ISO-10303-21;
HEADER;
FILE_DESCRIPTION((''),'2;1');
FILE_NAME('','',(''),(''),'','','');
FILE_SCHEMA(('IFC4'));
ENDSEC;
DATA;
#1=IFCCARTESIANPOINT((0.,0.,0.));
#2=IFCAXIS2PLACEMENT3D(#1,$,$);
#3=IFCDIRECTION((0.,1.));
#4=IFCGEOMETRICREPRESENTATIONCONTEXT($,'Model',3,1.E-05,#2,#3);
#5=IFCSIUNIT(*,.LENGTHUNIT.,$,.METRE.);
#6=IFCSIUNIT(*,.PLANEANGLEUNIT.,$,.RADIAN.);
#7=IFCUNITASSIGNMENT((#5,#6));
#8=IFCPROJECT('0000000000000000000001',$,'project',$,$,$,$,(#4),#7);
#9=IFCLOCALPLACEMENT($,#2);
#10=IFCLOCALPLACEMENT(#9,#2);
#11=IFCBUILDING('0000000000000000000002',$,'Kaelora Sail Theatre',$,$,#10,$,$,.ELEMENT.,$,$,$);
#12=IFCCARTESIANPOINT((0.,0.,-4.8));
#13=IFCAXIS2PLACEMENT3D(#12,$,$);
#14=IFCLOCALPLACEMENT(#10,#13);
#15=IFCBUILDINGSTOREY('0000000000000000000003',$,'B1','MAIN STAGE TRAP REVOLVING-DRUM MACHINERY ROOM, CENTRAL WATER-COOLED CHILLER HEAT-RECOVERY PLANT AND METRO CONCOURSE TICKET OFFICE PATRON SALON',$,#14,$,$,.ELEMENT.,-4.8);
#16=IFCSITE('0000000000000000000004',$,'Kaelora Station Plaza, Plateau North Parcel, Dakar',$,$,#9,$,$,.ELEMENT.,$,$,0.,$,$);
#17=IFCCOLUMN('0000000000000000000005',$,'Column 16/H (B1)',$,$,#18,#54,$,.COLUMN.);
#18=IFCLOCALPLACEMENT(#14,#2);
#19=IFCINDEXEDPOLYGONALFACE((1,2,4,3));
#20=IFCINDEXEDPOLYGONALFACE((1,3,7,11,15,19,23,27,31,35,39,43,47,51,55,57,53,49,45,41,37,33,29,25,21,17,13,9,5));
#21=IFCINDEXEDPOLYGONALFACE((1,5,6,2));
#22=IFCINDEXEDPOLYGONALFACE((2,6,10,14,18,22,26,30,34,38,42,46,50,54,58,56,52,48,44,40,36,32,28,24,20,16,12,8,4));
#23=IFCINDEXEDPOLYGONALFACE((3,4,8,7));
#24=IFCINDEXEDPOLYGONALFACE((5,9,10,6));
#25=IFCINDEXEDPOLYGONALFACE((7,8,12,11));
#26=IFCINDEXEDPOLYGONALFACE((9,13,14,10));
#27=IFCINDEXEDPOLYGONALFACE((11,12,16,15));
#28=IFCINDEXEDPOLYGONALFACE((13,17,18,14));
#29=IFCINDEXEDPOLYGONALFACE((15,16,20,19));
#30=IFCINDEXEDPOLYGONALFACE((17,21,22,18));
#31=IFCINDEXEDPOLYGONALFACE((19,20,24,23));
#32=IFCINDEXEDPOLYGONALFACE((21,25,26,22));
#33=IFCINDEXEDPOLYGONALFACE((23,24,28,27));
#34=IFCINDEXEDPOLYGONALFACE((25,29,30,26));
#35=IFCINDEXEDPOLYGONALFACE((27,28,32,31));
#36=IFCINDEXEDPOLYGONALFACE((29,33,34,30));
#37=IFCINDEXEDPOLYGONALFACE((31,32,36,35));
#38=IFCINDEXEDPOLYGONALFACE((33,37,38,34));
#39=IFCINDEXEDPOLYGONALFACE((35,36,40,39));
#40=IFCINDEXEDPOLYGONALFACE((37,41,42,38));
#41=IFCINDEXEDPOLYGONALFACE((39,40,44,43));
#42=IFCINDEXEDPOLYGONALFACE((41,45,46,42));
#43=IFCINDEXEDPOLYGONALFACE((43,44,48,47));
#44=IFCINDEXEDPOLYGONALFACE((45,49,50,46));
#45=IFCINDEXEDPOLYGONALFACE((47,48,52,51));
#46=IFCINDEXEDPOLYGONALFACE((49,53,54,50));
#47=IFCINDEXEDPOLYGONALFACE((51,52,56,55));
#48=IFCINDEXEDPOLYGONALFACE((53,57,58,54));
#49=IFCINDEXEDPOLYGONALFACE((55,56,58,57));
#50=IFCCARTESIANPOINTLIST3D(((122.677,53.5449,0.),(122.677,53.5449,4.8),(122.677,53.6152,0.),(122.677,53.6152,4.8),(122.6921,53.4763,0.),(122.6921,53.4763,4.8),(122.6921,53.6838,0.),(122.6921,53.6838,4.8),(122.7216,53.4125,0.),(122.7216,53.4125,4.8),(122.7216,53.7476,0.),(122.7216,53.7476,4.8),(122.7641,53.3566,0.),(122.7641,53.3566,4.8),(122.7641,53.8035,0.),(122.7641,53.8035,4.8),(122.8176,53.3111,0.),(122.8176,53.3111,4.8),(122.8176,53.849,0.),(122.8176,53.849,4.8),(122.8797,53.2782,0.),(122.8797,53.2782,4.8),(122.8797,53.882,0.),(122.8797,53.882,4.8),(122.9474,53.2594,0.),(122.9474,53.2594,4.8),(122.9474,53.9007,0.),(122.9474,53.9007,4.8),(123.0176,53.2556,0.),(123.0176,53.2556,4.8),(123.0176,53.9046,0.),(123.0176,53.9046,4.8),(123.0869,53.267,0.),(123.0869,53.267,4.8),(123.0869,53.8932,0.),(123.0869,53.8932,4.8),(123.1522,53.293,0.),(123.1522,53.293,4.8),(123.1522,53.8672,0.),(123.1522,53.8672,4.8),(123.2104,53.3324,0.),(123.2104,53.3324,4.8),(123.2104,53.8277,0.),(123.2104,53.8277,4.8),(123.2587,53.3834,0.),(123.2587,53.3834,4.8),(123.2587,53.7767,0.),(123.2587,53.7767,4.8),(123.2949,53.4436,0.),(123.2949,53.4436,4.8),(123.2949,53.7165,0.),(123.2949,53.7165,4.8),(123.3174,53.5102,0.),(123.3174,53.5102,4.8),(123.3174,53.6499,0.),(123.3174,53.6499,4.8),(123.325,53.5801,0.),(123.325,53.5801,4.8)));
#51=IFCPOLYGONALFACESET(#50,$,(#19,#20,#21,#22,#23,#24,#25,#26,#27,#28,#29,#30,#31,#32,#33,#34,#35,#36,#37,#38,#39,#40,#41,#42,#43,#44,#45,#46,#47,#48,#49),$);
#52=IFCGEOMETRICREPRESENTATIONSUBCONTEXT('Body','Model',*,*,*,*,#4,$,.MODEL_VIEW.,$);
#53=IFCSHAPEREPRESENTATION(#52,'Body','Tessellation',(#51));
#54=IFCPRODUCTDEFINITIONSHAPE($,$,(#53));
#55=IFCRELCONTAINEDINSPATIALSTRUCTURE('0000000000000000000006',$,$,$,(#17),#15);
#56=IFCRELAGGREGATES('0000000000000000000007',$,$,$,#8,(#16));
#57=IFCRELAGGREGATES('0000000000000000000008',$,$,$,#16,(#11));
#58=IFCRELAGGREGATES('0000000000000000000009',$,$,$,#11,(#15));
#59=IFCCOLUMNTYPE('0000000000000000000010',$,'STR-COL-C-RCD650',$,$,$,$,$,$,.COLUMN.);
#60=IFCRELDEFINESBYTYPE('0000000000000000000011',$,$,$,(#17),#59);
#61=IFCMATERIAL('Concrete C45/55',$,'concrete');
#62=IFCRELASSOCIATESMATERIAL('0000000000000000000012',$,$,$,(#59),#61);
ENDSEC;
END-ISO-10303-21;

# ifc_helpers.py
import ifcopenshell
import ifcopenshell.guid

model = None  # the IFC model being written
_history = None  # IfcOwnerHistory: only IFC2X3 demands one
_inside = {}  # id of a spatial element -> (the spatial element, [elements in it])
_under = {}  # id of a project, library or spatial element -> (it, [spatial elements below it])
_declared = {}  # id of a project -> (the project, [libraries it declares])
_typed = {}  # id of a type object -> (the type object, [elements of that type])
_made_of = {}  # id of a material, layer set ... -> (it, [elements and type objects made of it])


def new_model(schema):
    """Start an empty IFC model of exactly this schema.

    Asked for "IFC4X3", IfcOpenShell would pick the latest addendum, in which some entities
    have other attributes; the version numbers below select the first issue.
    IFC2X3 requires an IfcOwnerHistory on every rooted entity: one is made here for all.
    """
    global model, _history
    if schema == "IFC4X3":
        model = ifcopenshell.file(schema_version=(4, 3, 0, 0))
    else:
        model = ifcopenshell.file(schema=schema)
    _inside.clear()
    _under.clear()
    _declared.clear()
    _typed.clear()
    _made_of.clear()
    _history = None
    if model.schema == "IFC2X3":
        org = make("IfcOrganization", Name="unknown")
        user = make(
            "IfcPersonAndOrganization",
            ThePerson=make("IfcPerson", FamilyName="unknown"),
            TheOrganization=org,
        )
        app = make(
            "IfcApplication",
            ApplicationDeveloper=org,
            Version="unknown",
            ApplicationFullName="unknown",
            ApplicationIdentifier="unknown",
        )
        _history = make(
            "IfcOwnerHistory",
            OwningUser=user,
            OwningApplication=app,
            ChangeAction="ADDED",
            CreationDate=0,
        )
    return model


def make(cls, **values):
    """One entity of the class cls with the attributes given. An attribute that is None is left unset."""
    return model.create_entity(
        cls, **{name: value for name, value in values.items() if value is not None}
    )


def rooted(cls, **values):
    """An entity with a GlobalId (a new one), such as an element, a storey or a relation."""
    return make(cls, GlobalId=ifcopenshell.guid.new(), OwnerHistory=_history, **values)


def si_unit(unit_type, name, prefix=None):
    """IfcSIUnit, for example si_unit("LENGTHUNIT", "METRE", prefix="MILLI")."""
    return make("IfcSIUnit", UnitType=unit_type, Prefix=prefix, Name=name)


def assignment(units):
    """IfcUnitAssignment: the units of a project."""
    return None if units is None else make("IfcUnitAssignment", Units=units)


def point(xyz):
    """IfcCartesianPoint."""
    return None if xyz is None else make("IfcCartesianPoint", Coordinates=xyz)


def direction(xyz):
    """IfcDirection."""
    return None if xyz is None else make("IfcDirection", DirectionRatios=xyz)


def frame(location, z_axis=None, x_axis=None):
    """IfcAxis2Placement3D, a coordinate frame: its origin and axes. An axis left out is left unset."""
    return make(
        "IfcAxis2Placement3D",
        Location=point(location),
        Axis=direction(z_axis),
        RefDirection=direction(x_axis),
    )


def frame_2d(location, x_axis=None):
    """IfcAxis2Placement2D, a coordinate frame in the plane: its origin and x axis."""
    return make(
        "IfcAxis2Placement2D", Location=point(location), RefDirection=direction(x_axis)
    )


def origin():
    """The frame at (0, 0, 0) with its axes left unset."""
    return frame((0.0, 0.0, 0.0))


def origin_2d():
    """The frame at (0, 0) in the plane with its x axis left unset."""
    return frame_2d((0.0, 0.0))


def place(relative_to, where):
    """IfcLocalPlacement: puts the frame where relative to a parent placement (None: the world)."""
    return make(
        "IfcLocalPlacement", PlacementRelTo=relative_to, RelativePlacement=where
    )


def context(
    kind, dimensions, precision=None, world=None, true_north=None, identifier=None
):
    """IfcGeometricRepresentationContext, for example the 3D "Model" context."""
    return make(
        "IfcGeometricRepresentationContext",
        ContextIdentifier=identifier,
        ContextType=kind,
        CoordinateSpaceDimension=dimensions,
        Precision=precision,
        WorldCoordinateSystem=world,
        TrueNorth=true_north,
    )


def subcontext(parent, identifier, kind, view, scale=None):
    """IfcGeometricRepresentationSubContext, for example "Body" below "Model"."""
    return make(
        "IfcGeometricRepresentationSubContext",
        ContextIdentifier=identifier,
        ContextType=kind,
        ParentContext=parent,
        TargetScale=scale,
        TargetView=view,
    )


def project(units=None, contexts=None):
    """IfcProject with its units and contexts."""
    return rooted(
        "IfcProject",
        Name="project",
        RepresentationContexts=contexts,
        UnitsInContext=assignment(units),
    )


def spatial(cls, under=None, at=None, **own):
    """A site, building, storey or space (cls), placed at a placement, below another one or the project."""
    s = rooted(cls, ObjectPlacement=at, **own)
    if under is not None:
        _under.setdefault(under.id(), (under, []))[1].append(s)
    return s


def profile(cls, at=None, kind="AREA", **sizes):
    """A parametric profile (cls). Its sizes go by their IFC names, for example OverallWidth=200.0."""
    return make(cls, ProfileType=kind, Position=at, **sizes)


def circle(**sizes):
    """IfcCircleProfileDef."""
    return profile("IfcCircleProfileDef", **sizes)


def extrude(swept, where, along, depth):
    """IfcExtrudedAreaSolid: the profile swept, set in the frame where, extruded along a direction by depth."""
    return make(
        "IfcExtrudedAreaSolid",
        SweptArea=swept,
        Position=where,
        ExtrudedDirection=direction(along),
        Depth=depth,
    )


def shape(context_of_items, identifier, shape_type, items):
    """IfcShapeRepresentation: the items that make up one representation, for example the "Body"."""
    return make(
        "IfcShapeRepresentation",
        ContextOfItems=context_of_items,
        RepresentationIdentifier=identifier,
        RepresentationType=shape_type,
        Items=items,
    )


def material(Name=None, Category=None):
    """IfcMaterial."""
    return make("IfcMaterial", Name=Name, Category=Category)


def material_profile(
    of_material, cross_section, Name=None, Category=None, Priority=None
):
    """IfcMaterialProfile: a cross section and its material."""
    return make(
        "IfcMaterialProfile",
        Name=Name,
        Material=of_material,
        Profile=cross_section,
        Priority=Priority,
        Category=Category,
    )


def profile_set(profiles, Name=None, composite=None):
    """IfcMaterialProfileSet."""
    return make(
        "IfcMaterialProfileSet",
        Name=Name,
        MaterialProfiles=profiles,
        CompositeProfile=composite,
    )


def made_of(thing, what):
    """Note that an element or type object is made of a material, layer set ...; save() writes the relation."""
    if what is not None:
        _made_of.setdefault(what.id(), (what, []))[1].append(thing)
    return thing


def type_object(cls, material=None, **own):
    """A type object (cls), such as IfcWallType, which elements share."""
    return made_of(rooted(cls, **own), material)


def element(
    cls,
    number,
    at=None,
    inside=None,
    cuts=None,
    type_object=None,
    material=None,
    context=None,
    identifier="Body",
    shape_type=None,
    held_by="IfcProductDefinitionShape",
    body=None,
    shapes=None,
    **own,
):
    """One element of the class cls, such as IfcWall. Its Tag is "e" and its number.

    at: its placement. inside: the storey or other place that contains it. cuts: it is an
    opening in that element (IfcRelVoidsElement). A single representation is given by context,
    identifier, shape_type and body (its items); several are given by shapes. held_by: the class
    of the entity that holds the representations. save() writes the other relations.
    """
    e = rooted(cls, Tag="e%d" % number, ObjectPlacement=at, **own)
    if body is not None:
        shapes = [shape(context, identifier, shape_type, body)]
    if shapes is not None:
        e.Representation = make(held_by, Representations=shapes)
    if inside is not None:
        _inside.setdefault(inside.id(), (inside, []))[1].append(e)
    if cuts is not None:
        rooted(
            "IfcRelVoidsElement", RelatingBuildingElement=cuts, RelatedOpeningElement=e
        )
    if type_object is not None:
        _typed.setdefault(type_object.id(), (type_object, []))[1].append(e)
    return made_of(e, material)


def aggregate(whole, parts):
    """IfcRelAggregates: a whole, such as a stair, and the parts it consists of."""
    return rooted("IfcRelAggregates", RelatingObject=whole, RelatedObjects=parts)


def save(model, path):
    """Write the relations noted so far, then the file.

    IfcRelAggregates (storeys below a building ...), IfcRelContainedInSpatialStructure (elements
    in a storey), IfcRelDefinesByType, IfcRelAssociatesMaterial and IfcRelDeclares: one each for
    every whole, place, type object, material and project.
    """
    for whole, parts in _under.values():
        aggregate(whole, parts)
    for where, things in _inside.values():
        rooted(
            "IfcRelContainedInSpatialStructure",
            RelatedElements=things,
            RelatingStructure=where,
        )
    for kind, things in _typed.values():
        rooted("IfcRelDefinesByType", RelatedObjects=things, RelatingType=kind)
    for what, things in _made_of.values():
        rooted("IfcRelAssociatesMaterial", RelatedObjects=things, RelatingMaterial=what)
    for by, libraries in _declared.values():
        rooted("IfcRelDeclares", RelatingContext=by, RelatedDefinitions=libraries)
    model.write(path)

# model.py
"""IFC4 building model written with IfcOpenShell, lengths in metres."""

from ifc_helpers import new_model, si_unit, direction, frame, origin, origin_2d, place, context, subcontext, project, spatial, circle, extrude, material, material_profile, profile_set, type_object, element, save


model = new_model("IFC4")

# Units and contexts
model_context = context("Model", 3, precision=1e-05, world=origin(), true_north=direction((0.0, 1.0)))
body_context = subcontext(model_context, "Body", "Model", "MODEL_VIEW")
ifc_project = project(units=[si_unit("LENGTHUNIT", "METRE"), si_unit("PLANEANGLEUNIT", "RADIAN")], contexts=[model_context])

# Site, building, storey
site_placement = place(None, origin())
site = spatial("IfcSite", under=ifc_project, at=site_placement, Name="Kaelora Station Plaza, Plateau North Parcel, Dakar", CompositionType="ELEMENT", RefElevation=0.0)
building_placement = place(site_placement, origin())
building = spatial("IfcBuilding", under=site, at=building_placement, Name="Kaelora Sail Theatre", CompositionType="ELEMENT")
storey_placement = place(building_placement, frame((0.0, 0.0, -4.8)))
storey = spatial("IfcBuildingStorey", under=building, at=storey_placement, Name="B1", Description="MAIN STAGE TRAP REVOLVING-DRUM MACHINERY ROOM, CENTRAL WATER-COOLED CHILLER HEAT-RECOVERY PLANT AND METRO CONCOURSE TICKET OFFICE PATRON SALON", CompositionType="ELEMENT", Elevation=-4.8)

# Column
ifc_material_1 = material(Name="Concrete C45/55", Category="concrete")
ifc_material_profile_1 = material_profile(ifc_material_1, circle(Radius=0.325, at=origin_2d()), Name="RC-CCOL D650")
ifc_profile_set_1 = profile_set([ifc_material_profile_1], Name="Concrete C45/55")
column_type_1 = type_object("IfcColumnType", Name="STR-COL-C-RCD650", PredefinedType="COLUMN", material=ifc_profile_set_1)
column_1_placement = place(storey_placement, frame((123.0, 53.5801, 0.0), z_axis=(0.0, 0.0, 1.0), x_axis=(1.0, 0.0, 0.0)))
element("IfcColumn", 1, at=column_1_placement, inside=storey, type_object=column_type_1, Name="Column 16/H (B1)", PredefinedType="COLUMN", context=body_context, shape_type="SweptSolid", body=[
    extrude(circle(Radius=0.325, at=origin_2d()), origin(), (0.0, 0.0, 1.0), 4.8),
])

save(model, "model.ifc")
